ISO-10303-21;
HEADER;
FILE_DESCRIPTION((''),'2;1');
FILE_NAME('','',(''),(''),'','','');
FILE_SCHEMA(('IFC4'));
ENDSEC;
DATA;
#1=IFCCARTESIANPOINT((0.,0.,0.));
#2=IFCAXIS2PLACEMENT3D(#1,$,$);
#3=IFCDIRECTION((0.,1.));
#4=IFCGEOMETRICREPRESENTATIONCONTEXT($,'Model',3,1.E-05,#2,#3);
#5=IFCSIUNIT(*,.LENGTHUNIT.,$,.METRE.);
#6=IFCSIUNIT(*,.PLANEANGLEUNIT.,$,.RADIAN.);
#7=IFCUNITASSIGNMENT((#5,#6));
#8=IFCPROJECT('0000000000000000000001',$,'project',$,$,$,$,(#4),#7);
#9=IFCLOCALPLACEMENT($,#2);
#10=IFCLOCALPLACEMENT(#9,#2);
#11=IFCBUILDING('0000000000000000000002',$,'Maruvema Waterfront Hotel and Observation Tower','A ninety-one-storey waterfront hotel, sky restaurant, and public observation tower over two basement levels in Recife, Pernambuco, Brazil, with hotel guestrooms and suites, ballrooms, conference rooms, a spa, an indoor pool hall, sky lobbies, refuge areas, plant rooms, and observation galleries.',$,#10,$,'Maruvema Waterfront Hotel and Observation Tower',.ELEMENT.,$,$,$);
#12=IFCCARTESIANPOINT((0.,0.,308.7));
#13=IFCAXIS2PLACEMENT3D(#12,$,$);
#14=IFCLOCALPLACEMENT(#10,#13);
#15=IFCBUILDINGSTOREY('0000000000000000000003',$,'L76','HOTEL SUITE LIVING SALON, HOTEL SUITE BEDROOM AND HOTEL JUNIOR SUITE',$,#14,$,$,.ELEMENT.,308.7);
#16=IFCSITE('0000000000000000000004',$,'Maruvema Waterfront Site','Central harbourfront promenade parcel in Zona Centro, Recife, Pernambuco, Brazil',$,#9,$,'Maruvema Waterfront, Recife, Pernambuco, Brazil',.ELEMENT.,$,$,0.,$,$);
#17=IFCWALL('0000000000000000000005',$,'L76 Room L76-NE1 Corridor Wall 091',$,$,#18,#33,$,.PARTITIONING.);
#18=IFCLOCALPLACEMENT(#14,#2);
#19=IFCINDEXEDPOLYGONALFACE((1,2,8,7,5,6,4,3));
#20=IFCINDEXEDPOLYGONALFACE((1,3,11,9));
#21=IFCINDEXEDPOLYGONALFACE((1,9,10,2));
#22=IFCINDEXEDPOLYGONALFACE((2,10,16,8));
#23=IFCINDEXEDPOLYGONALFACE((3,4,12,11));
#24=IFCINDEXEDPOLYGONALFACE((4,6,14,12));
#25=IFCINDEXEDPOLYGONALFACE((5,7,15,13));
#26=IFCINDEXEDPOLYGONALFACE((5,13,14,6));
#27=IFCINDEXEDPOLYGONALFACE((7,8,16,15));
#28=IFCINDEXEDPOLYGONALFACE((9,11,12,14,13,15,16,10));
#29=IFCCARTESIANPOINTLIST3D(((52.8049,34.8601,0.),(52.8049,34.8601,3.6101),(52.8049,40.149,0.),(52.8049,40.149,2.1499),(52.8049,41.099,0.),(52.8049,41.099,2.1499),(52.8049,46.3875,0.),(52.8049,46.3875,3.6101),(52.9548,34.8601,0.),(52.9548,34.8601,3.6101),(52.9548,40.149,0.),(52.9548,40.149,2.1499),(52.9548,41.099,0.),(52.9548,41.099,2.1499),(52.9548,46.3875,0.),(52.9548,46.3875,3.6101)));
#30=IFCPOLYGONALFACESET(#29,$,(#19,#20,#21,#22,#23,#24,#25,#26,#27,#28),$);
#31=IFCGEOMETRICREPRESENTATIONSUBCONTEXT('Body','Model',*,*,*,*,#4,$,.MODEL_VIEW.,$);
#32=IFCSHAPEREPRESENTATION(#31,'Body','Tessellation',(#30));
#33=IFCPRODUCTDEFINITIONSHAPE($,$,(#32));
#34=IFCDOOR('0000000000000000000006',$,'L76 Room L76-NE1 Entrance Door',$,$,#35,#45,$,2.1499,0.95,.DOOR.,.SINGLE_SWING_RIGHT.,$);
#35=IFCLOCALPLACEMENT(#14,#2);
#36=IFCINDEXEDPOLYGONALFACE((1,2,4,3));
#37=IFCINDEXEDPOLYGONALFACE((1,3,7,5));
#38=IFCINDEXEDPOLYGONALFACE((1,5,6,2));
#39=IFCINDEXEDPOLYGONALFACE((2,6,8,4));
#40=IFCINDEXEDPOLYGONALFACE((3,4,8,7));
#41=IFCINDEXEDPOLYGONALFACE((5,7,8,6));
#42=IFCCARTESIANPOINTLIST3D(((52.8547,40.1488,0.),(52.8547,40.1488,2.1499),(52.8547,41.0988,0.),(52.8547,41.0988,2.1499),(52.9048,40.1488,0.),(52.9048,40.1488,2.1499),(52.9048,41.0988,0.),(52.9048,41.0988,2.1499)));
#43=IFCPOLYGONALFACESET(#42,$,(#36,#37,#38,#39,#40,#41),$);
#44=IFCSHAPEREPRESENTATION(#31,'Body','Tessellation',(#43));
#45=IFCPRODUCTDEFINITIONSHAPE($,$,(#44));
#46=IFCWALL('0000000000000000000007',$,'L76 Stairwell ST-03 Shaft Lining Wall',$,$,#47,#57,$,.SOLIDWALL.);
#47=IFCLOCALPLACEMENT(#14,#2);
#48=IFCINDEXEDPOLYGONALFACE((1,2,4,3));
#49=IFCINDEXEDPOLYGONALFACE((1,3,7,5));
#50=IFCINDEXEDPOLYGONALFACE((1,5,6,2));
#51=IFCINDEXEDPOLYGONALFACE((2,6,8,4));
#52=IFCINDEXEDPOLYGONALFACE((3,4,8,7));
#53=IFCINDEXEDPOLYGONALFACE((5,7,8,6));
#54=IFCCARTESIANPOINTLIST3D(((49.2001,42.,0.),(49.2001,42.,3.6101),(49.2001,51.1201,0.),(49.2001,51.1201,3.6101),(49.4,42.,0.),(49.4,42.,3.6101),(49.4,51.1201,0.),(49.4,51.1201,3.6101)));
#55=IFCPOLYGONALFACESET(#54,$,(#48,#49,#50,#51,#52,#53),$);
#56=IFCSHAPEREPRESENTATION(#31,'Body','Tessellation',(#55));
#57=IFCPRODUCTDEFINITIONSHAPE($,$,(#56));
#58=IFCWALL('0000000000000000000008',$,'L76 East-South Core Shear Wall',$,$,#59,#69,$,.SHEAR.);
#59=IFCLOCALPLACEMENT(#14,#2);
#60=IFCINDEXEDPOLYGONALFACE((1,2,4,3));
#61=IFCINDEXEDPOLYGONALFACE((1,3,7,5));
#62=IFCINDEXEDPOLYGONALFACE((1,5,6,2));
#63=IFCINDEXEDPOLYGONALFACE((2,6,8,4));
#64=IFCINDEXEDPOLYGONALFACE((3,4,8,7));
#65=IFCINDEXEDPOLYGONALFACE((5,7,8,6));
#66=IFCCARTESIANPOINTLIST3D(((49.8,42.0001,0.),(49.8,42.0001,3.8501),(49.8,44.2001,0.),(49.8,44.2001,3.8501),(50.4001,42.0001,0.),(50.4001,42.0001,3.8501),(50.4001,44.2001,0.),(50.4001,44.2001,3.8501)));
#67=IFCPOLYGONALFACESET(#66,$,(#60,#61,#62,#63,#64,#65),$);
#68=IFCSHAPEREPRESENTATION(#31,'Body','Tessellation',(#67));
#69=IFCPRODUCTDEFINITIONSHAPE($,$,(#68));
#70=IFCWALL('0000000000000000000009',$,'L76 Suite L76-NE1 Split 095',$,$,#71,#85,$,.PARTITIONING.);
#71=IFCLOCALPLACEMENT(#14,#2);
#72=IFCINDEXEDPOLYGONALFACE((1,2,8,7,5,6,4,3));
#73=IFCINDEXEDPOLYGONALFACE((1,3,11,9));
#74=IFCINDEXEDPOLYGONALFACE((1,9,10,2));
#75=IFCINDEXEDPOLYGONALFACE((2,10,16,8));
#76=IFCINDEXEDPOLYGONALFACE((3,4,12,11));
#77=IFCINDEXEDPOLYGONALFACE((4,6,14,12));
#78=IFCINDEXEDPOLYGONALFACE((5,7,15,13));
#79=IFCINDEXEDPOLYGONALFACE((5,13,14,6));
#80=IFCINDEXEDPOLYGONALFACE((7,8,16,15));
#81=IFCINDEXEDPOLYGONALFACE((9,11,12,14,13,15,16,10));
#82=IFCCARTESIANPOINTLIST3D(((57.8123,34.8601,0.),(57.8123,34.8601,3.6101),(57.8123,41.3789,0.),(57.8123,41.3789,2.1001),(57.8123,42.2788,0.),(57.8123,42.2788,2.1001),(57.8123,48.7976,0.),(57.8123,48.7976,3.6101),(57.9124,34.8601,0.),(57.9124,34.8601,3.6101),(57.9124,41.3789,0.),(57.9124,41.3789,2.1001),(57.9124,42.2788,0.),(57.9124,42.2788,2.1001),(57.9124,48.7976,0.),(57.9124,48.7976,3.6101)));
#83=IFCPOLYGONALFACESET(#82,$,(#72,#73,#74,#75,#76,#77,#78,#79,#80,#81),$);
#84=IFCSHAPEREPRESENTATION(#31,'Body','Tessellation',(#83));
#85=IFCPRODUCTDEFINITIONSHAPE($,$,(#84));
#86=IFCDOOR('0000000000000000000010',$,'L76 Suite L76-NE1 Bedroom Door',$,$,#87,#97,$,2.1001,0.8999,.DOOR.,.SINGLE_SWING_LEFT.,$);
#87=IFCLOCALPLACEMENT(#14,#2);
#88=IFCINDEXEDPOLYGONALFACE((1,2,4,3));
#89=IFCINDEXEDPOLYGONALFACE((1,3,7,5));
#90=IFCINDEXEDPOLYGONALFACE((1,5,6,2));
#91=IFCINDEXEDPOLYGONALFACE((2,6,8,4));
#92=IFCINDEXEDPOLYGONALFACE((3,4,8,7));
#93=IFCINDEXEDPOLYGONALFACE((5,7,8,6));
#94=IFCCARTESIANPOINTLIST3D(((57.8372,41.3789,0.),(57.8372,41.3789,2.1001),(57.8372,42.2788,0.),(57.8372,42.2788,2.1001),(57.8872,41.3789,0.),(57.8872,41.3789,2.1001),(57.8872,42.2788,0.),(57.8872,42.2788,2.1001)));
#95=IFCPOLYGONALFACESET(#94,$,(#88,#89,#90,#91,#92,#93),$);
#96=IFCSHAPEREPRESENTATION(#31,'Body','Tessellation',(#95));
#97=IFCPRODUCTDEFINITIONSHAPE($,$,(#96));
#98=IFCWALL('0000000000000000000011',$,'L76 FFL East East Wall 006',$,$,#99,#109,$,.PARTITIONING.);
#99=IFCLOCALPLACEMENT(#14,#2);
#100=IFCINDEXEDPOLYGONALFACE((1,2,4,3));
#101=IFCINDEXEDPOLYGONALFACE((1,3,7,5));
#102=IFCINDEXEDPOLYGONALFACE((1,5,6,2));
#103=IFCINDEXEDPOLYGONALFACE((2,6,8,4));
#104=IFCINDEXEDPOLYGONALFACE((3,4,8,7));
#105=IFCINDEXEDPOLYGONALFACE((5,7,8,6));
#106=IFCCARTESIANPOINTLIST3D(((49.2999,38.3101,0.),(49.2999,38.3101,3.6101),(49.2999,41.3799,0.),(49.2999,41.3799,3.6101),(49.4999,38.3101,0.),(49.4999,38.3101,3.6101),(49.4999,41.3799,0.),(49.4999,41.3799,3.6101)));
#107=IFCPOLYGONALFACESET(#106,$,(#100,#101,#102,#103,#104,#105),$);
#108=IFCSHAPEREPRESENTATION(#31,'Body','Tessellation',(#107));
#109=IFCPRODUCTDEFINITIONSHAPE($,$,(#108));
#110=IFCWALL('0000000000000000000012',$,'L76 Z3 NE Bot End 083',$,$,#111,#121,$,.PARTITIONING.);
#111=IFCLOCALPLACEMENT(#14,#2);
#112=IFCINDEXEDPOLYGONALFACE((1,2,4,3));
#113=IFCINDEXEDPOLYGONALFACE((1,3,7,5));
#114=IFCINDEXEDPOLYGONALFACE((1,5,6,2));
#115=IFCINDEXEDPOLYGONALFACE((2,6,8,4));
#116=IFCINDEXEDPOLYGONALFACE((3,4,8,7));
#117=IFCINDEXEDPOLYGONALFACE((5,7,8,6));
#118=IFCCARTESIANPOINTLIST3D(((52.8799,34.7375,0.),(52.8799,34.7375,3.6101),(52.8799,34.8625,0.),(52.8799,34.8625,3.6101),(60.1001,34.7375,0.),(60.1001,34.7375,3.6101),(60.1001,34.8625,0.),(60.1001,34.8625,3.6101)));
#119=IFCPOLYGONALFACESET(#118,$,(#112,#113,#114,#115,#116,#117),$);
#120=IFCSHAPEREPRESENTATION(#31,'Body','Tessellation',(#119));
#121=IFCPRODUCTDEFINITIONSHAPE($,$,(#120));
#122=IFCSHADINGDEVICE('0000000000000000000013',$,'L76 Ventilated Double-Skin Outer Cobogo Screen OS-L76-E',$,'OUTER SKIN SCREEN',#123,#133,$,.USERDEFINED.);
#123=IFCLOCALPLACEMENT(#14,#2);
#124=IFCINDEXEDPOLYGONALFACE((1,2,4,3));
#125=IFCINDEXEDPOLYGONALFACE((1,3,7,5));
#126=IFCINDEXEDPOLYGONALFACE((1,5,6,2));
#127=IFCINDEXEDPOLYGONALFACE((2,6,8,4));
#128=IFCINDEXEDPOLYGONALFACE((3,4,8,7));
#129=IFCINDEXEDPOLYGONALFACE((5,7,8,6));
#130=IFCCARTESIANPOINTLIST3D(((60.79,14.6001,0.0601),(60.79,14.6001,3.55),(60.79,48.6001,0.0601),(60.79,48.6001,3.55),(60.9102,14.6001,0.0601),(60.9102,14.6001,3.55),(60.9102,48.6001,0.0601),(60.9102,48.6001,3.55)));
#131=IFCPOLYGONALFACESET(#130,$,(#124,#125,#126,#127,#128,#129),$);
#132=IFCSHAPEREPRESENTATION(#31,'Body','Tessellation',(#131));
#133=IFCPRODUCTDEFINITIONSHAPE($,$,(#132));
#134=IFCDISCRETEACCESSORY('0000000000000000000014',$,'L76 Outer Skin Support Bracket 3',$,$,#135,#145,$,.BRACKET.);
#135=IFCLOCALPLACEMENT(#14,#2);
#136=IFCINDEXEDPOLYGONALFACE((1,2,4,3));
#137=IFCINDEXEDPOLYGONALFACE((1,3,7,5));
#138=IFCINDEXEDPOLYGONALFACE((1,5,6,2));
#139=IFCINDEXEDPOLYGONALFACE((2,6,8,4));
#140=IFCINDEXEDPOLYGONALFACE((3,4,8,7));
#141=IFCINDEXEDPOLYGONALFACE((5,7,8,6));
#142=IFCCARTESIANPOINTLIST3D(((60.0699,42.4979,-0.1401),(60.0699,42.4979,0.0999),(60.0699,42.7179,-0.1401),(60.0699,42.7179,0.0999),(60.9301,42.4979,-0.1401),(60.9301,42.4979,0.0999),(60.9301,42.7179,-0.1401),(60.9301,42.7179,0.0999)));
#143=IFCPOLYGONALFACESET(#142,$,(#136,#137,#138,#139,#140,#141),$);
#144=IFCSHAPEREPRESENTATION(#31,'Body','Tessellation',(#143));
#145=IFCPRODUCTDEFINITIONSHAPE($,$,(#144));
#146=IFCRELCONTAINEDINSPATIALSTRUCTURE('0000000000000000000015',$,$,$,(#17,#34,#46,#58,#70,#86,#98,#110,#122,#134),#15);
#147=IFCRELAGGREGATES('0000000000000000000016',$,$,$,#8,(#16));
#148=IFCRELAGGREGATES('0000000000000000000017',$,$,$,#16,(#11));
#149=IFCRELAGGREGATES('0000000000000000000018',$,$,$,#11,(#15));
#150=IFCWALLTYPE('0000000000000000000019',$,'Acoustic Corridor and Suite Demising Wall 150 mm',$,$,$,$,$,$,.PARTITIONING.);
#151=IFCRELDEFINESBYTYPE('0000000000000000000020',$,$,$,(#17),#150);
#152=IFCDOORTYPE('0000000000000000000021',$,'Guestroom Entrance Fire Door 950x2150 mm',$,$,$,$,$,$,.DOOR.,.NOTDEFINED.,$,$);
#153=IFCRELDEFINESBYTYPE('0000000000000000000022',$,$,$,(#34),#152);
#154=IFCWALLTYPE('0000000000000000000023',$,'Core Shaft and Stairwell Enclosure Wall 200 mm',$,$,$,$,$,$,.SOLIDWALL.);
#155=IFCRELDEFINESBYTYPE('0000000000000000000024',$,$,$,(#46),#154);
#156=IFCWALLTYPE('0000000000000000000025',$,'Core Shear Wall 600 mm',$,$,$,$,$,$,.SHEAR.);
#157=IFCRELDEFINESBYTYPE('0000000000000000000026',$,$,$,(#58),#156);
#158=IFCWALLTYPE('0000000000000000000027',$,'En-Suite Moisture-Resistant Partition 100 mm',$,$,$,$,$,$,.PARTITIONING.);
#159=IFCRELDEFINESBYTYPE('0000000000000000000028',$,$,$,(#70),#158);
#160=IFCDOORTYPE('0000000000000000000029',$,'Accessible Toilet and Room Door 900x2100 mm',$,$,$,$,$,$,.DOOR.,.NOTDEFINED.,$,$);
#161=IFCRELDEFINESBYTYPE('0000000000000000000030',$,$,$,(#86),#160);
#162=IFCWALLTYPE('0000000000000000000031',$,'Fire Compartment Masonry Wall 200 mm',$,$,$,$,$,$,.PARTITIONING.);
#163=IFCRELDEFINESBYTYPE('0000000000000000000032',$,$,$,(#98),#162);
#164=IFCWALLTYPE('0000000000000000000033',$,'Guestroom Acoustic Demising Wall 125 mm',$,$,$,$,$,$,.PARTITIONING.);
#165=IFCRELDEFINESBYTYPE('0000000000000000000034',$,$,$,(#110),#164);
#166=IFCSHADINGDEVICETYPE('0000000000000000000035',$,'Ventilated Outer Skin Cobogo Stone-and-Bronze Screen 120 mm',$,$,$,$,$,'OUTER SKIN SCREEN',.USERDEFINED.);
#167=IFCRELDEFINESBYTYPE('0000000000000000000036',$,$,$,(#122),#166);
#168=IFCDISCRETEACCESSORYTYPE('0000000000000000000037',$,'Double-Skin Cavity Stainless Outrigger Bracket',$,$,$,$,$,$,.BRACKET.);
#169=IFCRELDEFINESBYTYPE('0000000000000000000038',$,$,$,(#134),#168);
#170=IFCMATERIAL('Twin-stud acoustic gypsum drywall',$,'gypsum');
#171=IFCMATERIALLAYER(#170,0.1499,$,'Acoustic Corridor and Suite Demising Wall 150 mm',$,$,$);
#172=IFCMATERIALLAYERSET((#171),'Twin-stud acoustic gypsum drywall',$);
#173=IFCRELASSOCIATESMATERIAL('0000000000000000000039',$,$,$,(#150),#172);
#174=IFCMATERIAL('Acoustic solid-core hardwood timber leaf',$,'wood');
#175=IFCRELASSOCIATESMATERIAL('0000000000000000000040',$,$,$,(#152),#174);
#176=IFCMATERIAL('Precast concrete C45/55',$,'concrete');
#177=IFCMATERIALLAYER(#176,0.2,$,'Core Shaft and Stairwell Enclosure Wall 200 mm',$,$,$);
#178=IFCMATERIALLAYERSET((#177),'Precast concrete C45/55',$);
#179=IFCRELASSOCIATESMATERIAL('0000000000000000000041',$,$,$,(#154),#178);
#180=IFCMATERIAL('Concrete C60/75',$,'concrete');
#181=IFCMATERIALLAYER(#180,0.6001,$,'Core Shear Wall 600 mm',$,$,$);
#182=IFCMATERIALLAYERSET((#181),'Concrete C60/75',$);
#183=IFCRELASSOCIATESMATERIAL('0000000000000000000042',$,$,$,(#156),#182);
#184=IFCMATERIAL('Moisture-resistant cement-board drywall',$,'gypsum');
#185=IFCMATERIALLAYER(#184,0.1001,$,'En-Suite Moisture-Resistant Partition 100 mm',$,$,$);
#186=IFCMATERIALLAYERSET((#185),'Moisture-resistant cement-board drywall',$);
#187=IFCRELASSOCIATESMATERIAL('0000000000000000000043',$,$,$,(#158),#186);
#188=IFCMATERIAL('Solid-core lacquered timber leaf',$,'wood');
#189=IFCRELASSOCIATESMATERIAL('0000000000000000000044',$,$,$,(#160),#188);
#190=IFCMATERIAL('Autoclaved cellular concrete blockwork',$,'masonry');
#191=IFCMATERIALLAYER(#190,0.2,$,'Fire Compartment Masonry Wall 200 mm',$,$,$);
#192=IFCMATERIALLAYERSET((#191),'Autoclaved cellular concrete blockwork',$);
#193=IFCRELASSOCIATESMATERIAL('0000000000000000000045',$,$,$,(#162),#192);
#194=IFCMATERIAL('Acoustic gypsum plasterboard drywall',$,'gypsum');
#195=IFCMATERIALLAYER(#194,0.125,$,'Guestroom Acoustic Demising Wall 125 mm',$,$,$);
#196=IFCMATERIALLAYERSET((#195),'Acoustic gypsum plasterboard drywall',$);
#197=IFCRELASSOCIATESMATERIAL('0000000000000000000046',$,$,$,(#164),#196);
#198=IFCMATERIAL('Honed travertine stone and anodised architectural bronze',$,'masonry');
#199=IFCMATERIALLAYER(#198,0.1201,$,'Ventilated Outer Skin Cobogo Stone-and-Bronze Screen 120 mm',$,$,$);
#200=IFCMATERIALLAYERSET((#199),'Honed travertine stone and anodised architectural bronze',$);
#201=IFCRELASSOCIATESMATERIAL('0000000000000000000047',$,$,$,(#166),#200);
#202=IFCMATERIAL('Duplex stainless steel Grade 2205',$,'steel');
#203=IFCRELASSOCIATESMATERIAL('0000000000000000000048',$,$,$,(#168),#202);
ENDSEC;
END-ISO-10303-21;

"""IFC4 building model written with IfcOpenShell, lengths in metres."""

from ifc_helpers import new_model, si_unit, direction, frame, frame_2d, origin, origin_2d, place, context, subcontext, project, spatial, rectangle, extrude, material, layer, layer_set, type_object, element, fill, save


model = new_model("IFC4")

# Units and contexts
model_context = context("Model", 3, precision=1e-05, world=origin(), true_north=direction((0.0, 1.0)))
body_context = subcontext(model_context, "Body", "Model", "MODEL_VIEW")
ifc_project = project(units=[si_unit("LENGTHUNIT", "METRE"), si_unit("PLANEANGLEUNIT", "RADIAN")], contexts=[model_context])

# Site, building, storey
site_placement = place(None, origin())
site = spatial("IfcSite", under=ifc_project, at=site_placement, Name="Maruvema Waterfront Site", Description="Central harbourfront promenade parcel in Zona Centro, Recife, Pernambuco, Brazil", LongName="Maruvema Waterfront, Recife, Pernambuco, Brazil", CompositionType="ELEMENT", RefElevation=0.0)
building_placement = place(site_placement, origin())
building = spatial("IfcBuilding", under=site, at=building_placement, Name="Maruvema Waterfront Hotel and Observation Tower", Description="A ninety-one-storey waterfront hotel, sky restaurant, and public observation tower over two basement levels in Recife, Pernambuco, Brazil, with hotel guestrooms and suites, ballrooms, conference rooms, a spa, an indoor pool hall, sky lobbies, refuge areas, plant rooms, and observation galleries.", LongName="Maruvema Waterfront Hotel and Observation Tower", CompositionType="ELEMENT")
storey_placement = place(building_placement, frame((0.0, 0.0, 308.7)))
storey = spatial("IfcBuildingStorey", under=building, at=storey_placement, Name="L76", Description="HOTEL SUITE LIVING SALON, HOTEL SUITE BEDROOM AND HOTEL JUNIOR SUITE", CompositionType="ELEMENT", Elevation=308.7)

# Wall, opening, door
ifc_material_1 = material(Name="Twin-stud acoustic gypsum drywall", Category="gypsum")
ifc_layer_1 = layer(ifc_material_1, 0.1499, Name="Acoustic Corridor and Suite Demising Wall 150 mm")
ifc_layer_set_1 = layer_set([ifc_layer_1], Name="Twin-stud acoustic gypsum drywall")
wall_type_1 = type_object("IfcWallType", Name="Acoustic Corridor and Suite Demising Wall 150 mm", PredefinedType="PARTITIONING", material=ifc_layer_set_1)
wall_1_placement = place(storey_placement, frame((52.8799, 34.8601, 0.0), z_axis=(0.0, 0.0, 1.0), x_axis=(0.0, 1.0, 0.0)))
wall_1 = element("IfcWall", 1, at=wall_1_placement, inside=storey, type_object=wall_type_1, Name="L76 Room L76-NE1 Corridor Wall 091", PredefinedType="PARTITIONING", context=body_context, shape_type="SweptSolid", body=[
    extrude(rectangle(XDim=11.5273, YDim=0.1499, at=frame_2d((5.7637, 0.0))), origin(), (0.0, 0.0, 1.0), 3.6101),
])
opening_1_placement = place(wall_1_placement, frame((5.2888, 0.0, 0.0)))
opening_1 = element("IfcOpeningElement", 2, at=opening_1_placement, cuts=wall_1, PredefinedType="OPENING", context=body_context, shape_type="SweptSolid", body=[
    extrude(rectangle(XDim=0.95, YDim=2.1499, at=frame_2d((0.4751, 1.075))), frame((0.0, 0.085, 0.0), z_axis=(0.0, -1.0, 0.0), x_axis=(1.0, 0.0, 0.0)), (0.0, 0.0, 1.0), 0.1699),
])
ifc_material_2 = material(Name="Acoustic solid-core hardwood timber leaf", Category="wood")
door_type_1 = type_object("IfcDoorType", Name="Guestroom Entrance Fire Door 950x2150 mm", OperationType="NOTDEFINED", PredefinedType="DOOR", material=ifc_material_2)
door_1_placement = place(opening_1_placement, frame((0.95, 0.0, 0.0), z_axis=(0.0, 0.0, 1.0), x_axis=(-1.0, 0.0, 0.0)))
door_1 = element("IfcDoor", 3, at=door_1_placement, inside=storey, type_object=door_type_1, Name="L76 Room L76-NE1 Entrance Door", OperationType="SINGLE_SWING_RIGHT", OverallHeight=2.1499, OverallWidth=0.95, PredefinedType="DOOR", context=body_context, shape_type="SweptSolid", body=[
    extrude(rectangle(XDim=0.95, YDim=2.1499, at=frame_2d((0.4751, 1.075))), frame((0.0, 0.0249, 0.0), z_axis=(0.0, -1.0, 0.0), x_axis=(1.0, 0.0, 0.0)), (0.0, 0.0, 1.0), 0.05),
])
fill(opening_1, door_1)

# Walls
ifc_material_3 = material(Name="Precast concrete C45/55", Category="concrete")
ifc_layer_2 = layer(ifc_material_3, 0.2, Name="Core Shaft and Stairwell Enclosure Wall 200 mm")
ifc_layer_set_2 = layer_set([ifc_layer_2], Name="Precast concrete C45/55")
wall_type_2 = type_object("IfcWallType", Name="Core Shaft and Stairwell Enclosure Wall 200 mm", PredefinedType="SOLIDWALL", material=ifc_layer_set_2)
wall_2_placement = place(storey_placement, frame((49.3, 42.0, 0.0), z_axis=(0.0, 0.0, 1.0), x_axis=(0.0, 1.0, 0.0)))
element("IfcWall", 4, at=wall_2_placement, inside=storey, type_object=wall_type_2, Name="L76 Stairwell ST-03 Shaft Lining Wall", PredefinedType="SOLIDWALL", context=body_context, shape_type="SweptSolid", body=[
    extrude(rectangle(XDim=9.1201, YDim=0.2, at=frame_2d((4.5601, 0.0))), origin(), (0.0, 0.0, 1.0), 3.6101),
])
ifc_material_4 = material(Name="Concrete C60/75", Category="concrete")
ifc_layer_3 = layer(ifc_material_4, 0.6001, Name="Core Shear Wall 600 mm")
ifc_layer_set_3 = layer_set([ifc_layer_3], Name="Concrete C60/75")
wall_type_3 = type_object("IfcWallType", Name="Core Shear Wall 600 mm", PredefinedType="SHEAR", material=ifc_layer_set_3)
wall_3_placement = place(storey_placement, frame((50.1001, 42.0, 0.0), z_axis=(0.0, 0.0, 1.0), x_axis=(0.0, 1.0, 0.0)))
element("IfcWall", 5, at=wall_3_placement, inside=storey, type_object=wall_type_3, Name="L76 East-South Core Shear Wall", PredefinedType="SHEAR", context=body_context, shape_type="SweptSolid", body=[
    extrude(rectangle(XDim=2.2, YDim=0.6001, at=frame_2d((1.1001, 0.0))), origin(), (0.0, 0.0, 1.0), 3.8501),
])

# Wall, opening, door
ifc_material_5 = material(Name="Moisture-resistant cement-board drywall", Category="gypsum")
ifc_layer_4 = layer(ifc_material_5, 0.1001, Name="En-Suite Moisture-Resistant Partition 100 mm")
ifc_layer_set_4 = layer_set([ifc_layer_4], Name="Moisture-resistant cement-board drywall")
wall_type_4 = type_object("IfcWallType", Name="En-Suite Moisture-Resistant Partition 100 mm", PredefinedType="PARTITIONING", material=ifc_layer_set_4)
wall_4_placement = place(storey_placement, frame((57.8623, 34.8601, 0.0), z_axis=(0.0, 0.0, 1.0), x_axis=(0.0, 1.0, 0.0)))
wall_4 = element("IfcWall", 6, at=wall_4_placement, inside=storey, type_object=wall_type_4, Name="L76 Suite L76-NE1 Split 095", PredefinedType="PARTITIONING", context=body_context, shape_type="SweptSolid", body=[
    extrude(rectangle(XDim=13.9375, YDim=0.1001, at=frame_2d((6.9688, 0.0))), origin(), (0.0, 0.0, 1.0), 3.6101),
])
opening_2_placement = place(wall_4_placement, frame((6.5188, 0.0, 0.0)))
opening_2 = element("IfcOpeningElement", 7, at=opening_2_placement, cuts=wall_4, PredefinedType="OPENING", context=body_context, shape_type="SweptSolid", body=[
    extrude(rectangle(XDim=0.8999, YDim=2.1001, at=frame_2d((0.45, 1.05))), frame((0.0, 0.0601, 0.0), z_axis=(0.0, -1.0, 0.0), x_axis=(1.0, 0.0, 0.0)), (0.0, 0.0, 1.0), 0.1201),
])
ifc_material_6 = material(Name="Solid-core lacquered timber leaf", Category="wood")
door_type_2 = type_object("IfcDoorType", Name="Accessible Toilet and Room Door 900x2100 mm", OperationType="NOTDEFINED", PredefinedType="DOOR", material=ifc_material_6)
door_2_placement = place(opening_2_placement, frame((0.8999, 0.0, 0.0), z_axis=(0.0, 0.0, 1.0), x_axis=(-1.0, 0.0, 0.0)))
door_2 = element("IfcDoor", 8, at=door_2_placement, inside=storey, type_object=door_type_2, Name="L76 Suite L76-NE1 Bedroom Door", OperationType="SINGLE_SWING_LEFT", OverallHeight=2.1001, OverallWidth=0.8999, PredefinedType="DOOR", context=body_context, shape_type="SweptSolid", body=[
    extrude(rectangle(XDim=0.8999, YDim=2.1001, at=frame_2d((0.45, 1.05))), frame((0.0, 0.0249, 0.0), z_axis=(0.0, -1.0, 0.0), x_axis=(1.0, 0.0, 0.0)), (0.0, 0.0, 1.0), 0.05),
])
fill(opening_2, door_2)

# Walls
ifc_material_7 = material(Name="Autoclaved cellular concrete blockwork", Category="masonry")
ifc_layer_5 = layer(ifc_material_7, 0.2, Name="Fire Compartment Masonry Wall 200 mm")
ifc_layer_set_5 = layer_set([ifc_layer_5], Name="Autoclaved cellular concrete blockwork")
wall_type_5 = type_object("IfcWallType", Name="Fire Compartment Masonry Wall 200 mm", PredefinedType="PARTITIONING", material=ifc_layer_set_5)
wall_5_placement = place(storey_placement, frame((49.3999, 38.3101, 0.0), z_axis=(0.0, 0.0, 1.0), x_axis=(0.0, 1.0, 0.0)))
element("IfcWall", 9, at=wall_5_placement, inside=storey, type_object=wall_type_5, Name="L76 FFL East East Wall 006", PredefinedType="PARTITIONING", context=body_context, shape_type="SweptSolid", body=[
    extrude(rectangle(XDim=3.0698, YDim=0.2, at=frame_2d((1.5349, 0.0))), origin(), (0.0, 0.0, 1.0), 3.6101),
])
ifc_material_8 = material(Name="Acoustic gypsum plasterboard drywall", Category="gypsum")
ifc_layer_6 = layer(ifc_material_8, 0.125, Name="Guestroom Acoustic Demising Wall 125 mm")
ifc_layer_set_6 = layer_set([ifc_layer_6], Name="Acoustic gypsum plasterboard drywall")
wall_type_6 = type_object("IfcWallType", Name="Guestroom Acoustic Demising Wall 125 mm", PredefinedType="PARTITIONING", material=ifc_layer_set_6)
wall_6_placement = place(storey_placement, frame((52.8799, 34.8, 0.0), z_axis=(0.0, 0.0, 1.0), x_axis=(1.0, 0.0, 0.0)))
element("IfcWall", 10, at=wall_6_placement, inside=storey, type_object=wall_type_6, Name="L76 Z3 NE Bot End 083", PredefinedType="PARTITIONING", context=body_context, shape_type="SweptSolid", body=[
    extrude(rectangle(XDim=7.2202, YDim=0.125, at=frame_2d((3.6101, 0.0))), origin(), (0.0, 0.0, 1.0), 3.6101),
])

# Shading device
ifc_material_9 = material(Name="Honed travertine stone and anodised architectural bronze", Category="masonry")
ifc_layer_7 = layer(ifc_material_9, 0.1201, Name="Ventilated Outer Skin Cobogo Stone-and-Bronze Screen 120 mm")
ifc_layer_set_7 = layer_set([ifc_layer_7], Name="Honed travertine stone and anodised architectural bronze")
shading_device_type = type_object("IfcShadingDeviceType", Name="Ventilated Outer Skin Cobogo Stone-and-Bronze Screen 120 mm", ElementType="OUTER SKIN SCREEN", PredefinedType="USERDEFINED", material=ifc_layer_set_7)
shading_device_placement = place(storey_placement, frame((60.8501, 31.6001, 0.0601), z_axis=(0.0, 0.0, 1.0), x_axis=(0.0, 1.0, 0.0)))
element("IfcShadingDevice", 11, at=shading_device_placement, inside=storey, type_object=shading_device_type, Name="L76 Ventilated Double-Skin Outer Cobogo Screen OS-L76-E", ObjectType="OUTER SKIN SCREEN", PredefinedType="USERDEFINED", context=body_context, shape_type="SweptSolid", body=[
    extrude(rectangle(XDim=34.0, YDim=0.1201, at=origin_2d()), origin(), (0.0, 0.0, 1.0), 3.49),
])

# Discrete accessory
ifc_material_10 = material(Name="Duplex stainless steel Grade 2205", Category="steel")
discrete_accessory_type = type_object("IfcDiscreteAccessoryType", Name="Double-Skin Cavity Stainless Outrigger Bracket", PredefinedType="BRACKET", material=ifc_material_10)
discrete_accessory_placement = place(storey_placement, frame((60.5, 42.6079, -0.1401), z_axis=(0.0, 0.0, 1.0), x_axis=(0.0, 1.0, 0.0)))
element("IfcDiscreteAccessory", 12, at=discrete_accessory_placement, inside=storey, type_object=discrete_accessory_type, Name="L76 Outer Skin Support Bracket 3", PredefinedType="BRACKET", context=body_context, shape_type="SweptSolid", body=[
    extrude(rectangle(XDim=0.22, YDim=0.8601, at=origin_2d()), origin(), (0.0, 0.0, 1.0), 0.24),
])

save(model, "model.ifc")
